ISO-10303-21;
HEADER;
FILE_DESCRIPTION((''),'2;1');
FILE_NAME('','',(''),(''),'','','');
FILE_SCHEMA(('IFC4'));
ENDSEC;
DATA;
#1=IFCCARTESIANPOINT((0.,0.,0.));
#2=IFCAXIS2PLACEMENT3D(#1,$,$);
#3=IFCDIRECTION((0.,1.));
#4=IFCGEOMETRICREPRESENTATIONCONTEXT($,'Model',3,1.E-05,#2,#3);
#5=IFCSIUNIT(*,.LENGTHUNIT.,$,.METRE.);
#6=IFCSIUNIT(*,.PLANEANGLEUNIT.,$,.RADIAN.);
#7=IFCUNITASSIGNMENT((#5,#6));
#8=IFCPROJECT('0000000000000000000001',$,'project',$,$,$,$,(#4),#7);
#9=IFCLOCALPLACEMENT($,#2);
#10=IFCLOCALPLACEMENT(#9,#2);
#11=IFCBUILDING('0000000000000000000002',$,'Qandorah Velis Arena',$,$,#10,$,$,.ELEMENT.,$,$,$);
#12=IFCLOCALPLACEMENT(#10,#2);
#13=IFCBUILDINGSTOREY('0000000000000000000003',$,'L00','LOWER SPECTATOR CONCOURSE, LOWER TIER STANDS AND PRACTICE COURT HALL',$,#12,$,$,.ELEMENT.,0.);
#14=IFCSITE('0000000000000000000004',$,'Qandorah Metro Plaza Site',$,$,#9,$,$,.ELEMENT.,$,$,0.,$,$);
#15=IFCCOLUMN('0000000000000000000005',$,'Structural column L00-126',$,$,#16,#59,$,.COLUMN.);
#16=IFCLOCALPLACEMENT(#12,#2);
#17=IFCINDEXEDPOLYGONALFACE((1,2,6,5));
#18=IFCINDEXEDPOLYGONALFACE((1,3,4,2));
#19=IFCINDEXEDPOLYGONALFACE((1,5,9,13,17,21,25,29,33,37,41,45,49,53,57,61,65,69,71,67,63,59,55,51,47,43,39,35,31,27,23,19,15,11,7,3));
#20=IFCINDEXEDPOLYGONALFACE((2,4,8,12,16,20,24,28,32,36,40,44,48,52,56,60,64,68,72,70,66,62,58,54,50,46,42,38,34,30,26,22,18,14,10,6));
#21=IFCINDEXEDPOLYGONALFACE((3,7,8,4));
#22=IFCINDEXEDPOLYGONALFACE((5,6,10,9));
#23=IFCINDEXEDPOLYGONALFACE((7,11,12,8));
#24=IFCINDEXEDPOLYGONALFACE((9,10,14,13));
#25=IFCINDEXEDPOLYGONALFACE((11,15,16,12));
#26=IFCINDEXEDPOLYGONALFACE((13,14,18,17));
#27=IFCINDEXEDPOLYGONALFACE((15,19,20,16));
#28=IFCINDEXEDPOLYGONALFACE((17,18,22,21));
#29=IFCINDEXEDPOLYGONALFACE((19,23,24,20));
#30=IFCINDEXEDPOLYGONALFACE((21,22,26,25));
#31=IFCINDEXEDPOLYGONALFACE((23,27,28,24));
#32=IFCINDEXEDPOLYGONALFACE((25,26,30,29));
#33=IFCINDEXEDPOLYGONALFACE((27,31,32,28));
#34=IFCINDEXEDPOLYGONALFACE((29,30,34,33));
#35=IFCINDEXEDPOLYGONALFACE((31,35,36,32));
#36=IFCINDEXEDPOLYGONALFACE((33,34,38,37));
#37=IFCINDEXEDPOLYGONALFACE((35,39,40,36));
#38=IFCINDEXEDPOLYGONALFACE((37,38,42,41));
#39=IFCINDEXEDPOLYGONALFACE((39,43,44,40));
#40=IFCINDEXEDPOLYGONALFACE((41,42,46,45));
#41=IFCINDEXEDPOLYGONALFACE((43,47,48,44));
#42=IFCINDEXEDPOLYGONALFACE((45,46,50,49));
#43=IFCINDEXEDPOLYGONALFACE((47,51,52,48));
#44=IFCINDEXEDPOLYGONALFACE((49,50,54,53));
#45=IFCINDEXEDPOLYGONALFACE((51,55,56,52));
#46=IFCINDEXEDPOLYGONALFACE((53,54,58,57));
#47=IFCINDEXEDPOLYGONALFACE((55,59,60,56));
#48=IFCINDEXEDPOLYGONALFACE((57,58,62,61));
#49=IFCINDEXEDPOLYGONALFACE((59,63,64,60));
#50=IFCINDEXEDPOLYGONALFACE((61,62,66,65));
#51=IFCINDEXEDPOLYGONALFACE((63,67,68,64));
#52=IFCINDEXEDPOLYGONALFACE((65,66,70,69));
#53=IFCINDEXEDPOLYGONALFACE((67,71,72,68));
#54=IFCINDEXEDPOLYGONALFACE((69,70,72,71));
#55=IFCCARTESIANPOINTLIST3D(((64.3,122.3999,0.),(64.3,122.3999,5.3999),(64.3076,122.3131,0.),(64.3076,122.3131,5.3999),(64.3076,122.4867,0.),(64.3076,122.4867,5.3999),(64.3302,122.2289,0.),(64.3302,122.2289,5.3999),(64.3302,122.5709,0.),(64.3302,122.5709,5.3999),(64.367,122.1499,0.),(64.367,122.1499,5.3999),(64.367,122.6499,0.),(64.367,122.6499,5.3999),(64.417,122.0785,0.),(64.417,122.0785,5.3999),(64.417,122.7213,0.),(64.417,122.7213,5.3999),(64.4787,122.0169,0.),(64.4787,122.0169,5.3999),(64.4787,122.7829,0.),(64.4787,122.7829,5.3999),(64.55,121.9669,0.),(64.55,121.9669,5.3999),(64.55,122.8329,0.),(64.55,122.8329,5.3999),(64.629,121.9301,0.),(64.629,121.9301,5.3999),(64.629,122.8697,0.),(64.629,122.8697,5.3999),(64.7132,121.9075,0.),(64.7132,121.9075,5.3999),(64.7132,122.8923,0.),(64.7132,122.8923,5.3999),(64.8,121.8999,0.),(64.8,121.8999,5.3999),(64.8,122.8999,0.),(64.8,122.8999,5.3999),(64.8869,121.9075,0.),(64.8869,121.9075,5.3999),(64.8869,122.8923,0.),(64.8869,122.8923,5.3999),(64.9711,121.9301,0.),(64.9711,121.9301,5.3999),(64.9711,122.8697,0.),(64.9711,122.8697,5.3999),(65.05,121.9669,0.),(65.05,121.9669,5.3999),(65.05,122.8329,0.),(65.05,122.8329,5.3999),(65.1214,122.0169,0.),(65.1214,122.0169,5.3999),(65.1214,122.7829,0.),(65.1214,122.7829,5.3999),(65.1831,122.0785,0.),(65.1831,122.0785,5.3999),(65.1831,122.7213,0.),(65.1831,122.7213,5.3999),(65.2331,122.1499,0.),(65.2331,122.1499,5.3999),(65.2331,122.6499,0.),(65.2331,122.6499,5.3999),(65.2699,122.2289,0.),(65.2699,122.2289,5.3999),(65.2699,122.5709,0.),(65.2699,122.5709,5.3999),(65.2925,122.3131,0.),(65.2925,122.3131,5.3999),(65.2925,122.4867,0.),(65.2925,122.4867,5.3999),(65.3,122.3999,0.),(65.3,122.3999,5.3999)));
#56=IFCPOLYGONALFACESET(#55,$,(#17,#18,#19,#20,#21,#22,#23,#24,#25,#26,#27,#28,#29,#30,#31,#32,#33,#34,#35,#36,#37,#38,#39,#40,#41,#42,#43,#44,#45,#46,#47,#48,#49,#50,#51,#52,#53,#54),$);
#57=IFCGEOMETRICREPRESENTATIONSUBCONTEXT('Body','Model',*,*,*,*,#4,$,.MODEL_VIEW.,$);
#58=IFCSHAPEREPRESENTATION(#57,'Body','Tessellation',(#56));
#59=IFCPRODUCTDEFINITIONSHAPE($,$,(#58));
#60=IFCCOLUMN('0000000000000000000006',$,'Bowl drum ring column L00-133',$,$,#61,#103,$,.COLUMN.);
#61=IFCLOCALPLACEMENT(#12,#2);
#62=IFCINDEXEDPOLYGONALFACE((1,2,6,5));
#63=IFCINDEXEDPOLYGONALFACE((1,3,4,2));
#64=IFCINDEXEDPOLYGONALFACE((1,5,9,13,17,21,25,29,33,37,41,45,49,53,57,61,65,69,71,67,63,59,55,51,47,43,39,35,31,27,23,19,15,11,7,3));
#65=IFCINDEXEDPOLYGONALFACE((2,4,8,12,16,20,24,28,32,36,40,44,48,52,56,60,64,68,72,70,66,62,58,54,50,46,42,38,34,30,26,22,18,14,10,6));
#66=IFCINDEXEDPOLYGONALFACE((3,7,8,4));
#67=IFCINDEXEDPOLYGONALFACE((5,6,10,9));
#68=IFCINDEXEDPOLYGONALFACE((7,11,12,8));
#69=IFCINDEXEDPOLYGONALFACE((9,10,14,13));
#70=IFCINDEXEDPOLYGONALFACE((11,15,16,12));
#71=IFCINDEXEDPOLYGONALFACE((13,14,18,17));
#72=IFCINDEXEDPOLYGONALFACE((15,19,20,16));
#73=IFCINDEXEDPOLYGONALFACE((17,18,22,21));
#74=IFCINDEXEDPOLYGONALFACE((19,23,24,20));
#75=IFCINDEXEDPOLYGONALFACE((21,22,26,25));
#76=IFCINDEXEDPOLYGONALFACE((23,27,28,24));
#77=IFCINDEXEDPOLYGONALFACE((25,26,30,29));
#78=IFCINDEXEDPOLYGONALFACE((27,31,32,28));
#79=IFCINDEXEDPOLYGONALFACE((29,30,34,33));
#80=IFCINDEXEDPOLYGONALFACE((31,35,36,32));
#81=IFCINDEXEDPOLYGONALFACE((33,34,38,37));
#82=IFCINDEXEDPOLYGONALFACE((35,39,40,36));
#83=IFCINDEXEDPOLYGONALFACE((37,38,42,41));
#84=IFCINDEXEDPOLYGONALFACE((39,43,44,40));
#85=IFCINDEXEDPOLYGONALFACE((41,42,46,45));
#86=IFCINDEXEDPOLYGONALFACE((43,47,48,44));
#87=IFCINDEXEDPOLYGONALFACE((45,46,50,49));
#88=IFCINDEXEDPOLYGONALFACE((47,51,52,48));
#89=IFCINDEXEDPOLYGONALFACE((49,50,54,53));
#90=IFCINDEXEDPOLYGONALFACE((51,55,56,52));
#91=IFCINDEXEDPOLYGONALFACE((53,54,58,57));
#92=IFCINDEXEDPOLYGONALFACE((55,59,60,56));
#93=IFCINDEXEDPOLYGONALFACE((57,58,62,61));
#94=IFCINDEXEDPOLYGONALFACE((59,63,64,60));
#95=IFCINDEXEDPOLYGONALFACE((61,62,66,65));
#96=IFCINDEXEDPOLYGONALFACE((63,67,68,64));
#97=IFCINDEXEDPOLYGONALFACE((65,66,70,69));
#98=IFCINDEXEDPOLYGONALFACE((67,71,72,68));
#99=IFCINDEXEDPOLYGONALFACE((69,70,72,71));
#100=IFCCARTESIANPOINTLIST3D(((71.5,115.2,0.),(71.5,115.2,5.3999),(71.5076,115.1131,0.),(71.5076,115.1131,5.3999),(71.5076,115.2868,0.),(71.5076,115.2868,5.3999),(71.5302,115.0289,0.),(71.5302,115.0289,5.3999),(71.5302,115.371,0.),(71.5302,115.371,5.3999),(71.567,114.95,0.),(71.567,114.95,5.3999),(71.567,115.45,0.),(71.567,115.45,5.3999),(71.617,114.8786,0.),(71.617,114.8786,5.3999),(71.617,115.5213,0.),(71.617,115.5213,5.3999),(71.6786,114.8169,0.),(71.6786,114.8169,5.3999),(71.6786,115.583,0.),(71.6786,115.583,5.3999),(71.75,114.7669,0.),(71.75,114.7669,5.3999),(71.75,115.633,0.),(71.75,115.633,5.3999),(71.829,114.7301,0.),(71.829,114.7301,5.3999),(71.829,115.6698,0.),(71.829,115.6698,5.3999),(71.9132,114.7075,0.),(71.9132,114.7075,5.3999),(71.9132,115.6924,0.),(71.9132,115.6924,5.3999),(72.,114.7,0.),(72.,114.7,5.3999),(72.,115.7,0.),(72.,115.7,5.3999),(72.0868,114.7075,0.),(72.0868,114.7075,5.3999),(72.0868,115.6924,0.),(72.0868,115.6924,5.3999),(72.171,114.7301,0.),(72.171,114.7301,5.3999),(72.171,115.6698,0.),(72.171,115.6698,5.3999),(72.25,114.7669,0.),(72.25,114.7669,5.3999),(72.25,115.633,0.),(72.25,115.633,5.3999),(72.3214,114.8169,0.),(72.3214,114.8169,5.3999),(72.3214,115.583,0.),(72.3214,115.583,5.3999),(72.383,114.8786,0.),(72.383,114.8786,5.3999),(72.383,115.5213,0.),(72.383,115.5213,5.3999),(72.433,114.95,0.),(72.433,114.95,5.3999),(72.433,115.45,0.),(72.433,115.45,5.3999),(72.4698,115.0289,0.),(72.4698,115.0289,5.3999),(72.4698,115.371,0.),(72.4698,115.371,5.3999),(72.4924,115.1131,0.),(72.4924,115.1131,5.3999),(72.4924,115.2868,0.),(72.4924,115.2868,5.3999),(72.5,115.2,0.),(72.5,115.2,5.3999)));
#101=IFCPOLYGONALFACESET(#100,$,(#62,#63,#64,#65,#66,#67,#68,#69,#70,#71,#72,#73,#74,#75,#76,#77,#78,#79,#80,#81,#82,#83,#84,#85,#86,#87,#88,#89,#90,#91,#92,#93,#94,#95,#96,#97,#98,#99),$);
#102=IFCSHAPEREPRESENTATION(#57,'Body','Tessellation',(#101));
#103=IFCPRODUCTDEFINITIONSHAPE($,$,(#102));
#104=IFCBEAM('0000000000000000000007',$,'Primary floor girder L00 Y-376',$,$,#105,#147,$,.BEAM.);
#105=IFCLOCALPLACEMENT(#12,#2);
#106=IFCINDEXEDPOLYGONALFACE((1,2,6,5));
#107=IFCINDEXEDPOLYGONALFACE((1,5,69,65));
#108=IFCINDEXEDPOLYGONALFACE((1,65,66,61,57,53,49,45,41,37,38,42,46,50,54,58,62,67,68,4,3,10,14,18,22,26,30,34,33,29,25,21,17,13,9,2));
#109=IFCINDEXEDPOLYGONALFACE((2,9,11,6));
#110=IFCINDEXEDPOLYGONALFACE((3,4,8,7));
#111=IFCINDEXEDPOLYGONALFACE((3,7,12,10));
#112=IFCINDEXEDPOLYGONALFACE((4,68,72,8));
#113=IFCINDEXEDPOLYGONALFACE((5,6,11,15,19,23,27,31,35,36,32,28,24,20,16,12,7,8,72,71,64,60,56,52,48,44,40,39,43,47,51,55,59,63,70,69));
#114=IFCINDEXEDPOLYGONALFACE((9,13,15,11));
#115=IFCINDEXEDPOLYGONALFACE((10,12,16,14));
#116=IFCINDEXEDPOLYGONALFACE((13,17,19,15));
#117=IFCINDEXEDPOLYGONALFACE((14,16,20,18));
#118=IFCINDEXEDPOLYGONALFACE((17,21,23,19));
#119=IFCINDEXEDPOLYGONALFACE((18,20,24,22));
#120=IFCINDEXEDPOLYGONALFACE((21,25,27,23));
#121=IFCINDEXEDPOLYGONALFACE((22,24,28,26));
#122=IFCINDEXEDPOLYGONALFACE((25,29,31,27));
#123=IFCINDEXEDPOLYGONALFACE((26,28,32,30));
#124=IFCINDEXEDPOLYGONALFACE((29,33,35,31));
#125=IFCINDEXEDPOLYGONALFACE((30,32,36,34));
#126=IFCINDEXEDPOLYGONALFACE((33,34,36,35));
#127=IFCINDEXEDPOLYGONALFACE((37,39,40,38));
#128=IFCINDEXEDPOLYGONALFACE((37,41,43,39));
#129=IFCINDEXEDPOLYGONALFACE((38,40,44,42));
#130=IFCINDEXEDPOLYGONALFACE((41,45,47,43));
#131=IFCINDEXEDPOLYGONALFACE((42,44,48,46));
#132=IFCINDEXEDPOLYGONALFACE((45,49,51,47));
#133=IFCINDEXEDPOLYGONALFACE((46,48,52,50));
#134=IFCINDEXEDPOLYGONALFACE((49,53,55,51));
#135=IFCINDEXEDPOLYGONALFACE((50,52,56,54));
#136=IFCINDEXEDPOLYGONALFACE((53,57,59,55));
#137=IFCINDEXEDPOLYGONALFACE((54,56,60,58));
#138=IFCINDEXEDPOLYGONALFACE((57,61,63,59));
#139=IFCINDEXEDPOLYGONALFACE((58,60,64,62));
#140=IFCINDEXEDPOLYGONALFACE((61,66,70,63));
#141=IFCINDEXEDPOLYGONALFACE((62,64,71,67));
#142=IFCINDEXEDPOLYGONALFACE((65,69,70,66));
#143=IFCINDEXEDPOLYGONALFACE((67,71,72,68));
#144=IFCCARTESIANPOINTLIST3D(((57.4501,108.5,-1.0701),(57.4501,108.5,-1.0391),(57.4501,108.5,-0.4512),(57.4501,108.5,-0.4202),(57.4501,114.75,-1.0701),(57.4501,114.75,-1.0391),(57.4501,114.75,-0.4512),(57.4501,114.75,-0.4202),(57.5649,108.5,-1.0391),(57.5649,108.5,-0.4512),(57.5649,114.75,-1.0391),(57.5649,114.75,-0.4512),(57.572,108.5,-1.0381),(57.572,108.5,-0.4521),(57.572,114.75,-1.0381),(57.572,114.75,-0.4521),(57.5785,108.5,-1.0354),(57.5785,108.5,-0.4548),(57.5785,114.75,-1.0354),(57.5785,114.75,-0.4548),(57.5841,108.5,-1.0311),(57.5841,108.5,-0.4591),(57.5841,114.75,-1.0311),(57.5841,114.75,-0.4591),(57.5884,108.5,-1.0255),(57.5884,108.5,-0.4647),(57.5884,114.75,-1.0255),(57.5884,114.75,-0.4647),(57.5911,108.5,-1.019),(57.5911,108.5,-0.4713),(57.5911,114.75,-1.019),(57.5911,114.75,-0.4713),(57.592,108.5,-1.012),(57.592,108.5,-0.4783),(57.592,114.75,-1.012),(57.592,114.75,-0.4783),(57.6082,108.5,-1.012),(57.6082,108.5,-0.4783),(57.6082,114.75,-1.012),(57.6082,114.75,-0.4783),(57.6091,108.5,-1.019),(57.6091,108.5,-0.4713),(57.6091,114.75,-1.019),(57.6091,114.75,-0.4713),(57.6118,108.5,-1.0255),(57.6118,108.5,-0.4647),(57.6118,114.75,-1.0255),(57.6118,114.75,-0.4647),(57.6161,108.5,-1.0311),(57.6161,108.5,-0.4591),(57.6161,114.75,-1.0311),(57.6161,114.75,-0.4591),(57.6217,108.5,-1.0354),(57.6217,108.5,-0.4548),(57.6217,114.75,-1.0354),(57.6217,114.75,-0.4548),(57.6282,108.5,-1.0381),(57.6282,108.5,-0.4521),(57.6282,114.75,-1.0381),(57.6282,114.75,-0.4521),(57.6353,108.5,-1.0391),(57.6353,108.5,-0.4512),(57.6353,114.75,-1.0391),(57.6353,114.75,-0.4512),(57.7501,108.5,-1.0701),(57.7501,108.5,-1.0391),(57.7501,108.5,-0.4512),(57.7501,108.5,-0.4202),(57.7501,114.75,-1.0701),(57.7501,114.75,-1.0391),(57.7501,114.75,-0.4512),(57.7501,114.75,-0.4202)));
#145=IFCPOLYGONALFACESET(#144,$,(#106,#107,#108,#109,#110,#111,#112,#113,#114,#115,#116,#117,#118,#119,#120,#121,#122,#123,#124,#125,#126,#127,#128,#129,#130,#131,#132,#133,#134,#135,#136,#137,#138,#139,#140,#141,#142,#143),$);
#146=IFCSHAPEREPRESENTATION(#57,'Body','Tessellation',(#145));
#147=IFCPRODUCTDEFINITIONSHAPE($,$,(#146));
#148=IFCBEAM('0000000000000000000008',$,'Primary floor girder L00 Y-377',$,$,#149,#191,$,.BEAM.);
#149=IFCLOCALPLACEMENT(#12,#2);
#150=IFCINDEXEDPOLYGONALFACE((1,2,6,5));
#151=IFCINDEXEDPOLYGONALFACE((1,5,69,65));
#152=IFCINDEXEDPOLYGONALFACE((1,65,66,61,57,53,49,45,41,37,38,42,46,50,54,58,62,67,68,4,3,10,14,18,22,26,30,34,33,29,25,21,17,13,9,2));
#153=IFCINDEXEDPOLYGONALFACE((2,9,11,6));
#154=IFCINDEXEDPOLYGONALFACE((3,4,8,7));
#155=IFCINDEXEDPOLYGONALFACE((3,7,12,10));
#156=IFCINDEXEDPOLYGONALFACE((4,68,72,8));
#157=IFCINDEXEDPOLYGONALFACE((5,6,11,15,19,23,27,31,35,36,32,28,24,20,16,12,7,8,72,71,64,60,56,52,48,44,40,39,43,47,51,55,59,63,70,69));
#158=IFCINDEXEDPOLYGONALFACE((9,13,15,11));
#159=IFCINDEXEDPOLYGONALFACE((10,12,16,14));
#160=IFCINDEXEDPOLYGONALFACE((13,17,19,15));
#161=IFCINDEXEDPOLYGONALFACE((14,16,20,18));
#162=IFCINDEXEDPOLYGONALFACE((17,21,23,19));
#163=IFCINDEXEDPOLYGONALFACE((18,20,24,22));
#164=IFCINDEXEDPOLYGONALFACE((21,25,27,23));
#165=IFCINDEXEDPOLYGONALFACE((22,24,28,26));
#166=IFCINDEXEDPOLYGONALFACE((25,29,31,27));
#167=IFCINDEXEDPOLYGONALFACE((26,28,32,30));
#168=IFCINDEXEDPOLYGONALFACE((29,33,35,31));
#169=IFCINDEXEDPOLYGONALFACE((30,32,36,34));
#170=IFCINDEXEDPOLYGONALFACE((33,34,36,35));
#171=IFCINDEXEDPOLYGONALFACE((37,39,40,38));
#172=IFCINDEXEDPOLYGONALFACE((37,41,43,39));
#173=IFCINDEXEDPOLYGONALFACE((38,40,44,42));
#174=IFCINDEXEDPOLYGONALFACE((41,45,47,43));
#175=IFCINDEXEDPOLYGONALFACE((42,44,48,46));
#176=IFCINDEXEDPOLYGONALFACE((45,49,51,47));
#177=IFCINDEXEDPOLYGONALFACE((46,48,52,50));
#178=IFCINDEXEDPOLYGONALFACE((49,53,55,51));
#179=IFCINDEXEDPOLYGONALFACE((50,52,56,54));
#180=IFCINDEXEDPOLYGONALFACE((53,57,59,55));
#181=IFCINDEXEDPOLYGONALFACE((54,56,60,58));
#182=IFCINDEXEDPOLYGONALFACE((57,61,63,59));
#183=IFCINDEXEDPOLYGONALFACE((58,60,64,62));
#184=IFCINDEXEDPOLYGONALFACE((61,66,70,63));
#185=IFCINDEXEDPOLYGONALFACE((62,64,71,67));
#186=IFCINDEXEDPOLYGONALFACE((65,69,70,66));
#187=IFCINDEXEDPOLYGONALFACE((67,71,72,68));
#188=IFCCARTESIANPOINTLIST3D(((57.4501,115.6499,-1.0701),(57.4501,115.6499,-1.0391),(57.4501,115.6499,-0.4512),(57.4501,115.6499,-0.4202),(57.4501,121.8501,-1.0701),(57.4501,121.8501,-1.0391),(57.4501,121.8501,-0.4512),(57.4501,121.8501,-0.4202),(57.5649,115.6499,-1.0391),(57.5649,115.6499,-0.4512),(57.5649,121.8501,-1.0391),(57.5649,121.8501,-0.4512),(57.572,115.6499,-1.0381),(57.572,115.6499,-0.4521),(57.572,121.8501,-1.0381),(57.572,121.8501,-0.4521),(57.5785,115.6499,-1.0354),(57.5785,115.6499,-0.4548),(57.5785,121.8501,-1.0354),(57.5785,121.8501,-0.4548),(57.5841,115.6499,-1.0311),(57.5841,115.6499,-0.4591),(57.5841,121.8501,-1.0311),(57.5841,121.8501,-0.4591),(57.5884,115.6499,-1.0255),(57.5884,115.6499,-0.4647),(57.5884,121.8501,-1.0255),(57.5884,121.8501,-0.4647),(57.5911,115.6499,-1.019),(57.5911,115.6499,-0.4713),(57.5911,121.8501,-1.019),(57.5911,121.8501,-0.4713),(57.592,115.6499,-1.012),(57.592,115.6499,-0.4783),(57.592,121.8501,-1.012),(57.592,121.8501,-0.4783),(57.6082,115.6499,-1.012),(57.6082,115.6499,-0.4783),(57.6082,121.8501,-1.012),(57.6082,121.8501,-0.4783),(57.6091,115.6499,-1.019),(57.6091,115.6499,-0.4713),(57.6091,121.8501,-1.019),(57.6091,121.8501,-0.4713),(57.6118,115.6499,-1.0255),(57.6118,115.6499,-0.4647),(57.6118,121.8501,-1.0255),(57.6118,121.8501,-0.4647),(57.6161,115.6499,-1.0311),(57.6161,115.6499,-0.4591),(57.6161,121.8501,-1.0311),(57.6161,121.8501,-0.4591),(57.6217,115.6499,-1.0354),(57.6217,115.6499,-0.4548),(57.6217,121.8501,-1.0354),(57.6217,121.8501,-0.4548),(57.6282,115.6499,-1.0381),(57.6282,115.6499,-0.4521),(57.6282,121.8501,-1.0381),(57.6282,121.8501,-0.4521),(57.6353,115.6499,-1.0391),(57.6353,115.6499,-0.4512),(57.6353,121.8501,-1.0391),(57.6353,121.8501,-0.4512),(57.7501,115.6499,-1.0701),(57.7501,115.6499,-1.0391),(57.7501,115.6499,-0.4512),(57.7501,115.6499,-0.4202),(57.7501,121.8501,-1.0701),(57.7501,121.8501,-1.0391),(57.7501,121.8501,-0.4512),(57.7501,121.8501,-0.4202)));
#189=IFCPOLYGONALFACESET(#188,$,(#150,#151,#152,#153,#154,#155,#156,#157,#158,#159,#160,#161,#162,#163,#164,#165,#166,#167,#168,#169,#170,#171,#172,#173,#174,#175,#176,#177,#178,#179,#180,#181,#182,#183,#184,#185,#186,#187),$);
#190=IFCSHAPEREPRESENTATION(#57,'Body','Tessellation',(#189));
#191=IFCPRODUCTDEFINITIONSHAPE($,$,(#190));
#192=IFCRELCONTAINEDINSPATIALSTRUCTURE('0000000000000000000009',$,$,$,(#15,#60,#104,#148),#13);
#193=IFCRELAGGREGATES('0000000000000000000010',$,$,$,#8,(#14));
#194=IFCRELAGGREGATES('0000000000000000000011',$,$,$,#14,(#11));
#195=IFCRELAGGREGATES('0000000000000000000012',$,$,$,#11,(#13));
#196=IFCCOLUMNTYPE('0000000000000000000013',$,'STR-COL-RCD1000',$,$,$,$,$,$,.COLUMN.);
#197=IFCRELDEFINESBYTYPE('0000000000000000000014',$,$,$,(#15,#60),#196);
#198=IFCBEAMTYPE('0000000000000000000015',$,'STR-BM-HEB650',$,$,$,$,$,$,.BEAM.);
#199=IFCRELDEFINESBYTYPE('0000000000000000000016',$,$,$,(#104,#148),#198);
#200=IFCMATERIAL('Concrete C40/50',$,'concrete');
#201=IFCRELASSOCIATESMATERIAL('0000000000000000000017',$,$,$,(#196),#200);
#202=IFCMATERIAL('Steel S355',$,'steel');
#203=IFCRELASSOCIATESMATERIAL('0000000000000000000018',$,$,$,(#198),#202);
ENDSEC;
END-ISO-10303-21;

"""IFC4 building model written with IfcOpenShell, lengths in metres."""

from ifc_helpers import new_model, si_unit, direction, frame, origin, origin_2d, place, context, subcontext, project, spatial, circle, i_section, extrude, material, material_profile, profile_set, type_object, element, save


model = new_model("IFC4")

# Units and contexts
model_context = context("Model", 3, precision=1e-05, world=origin(), true_north=direction((0.0, 1.0)))
body_context = subcontext(model_context, "Body", "Model", "MODEL_VIEW")
ifc_project = project(units=[si_unit("LENGTHUNIT", "METRE"), si_unit("PLANEANGLEUNIT", "RADIAN")], contexts=[model_context])

# Site, building, storey
site_placement = place(None, origin())
site = spatial("IfcSite", under=ifc_project, at=site_placement, Name="Qandorah Metro Plaza Site", CompositionType="ELEMENT", RefElevation=0.0)
building_placement = place(site_placement, origin())
building = spatial("IfcBuilding", under=site, at=building_placement, Name="Qandorah Velis Arena", CompositionType="ELEMENT")
storey_placement = place(building_placement, origin())
storey = spatial("IfcBuildingStorey", under=building, at=storey_placement, Name="L00", Description="LOWER SPECTATOR CONCOURSE, LOWER TIER STANDS AND PRACTICE COURT HALL", CompositionType="ELEMENT", Elevation=0.0)

# Columns
ifc_material_1 = material(Name="Concrete C40/50", Category="concrete")
ifc_material_profile_1 = material_profile(ifc_material_1, circle(Radius=0.5, at=origin_2d()), Name="RC D1000")
ifc_profile_set_1 = profile_set([ifc_material_profile_1], Name="Concrete C40/50")
column_type_1 = type_object("IfcColumnType", Name="STR-COL-RCD1000", PredefinedType="COLUMN", material=ifc_profile_set_1)
for number, where, z_axis, x_axis, name in (
    (1, (64.8, 122.3999, 0.0), (0.0, 0.0, 1.0), (1.0, 0.0, 0.0), "Structural column L00-126"),
    (2, (72.0, 115.2, 0.0), (0.0, 0.0, 1.0), (1.0, 0.0, 0.0), "Bowl drum ring column L00-133"),
):
    element("IfcColumn", number, at=place(storey_placement, frame(where, z_axis=z_axis, x_axis=x_axis)), inside=storey, type_object=column_type_1, Name=name, PredefinedType="COLUMN", context=body_context, shape_type="SweptSolid", body=[
        extrude(circle(Radius=0.5, at=origin_2d()), origin(), (0.0, 0.0, 1.0), 5.3999),
    ])

# Beams
ifc_material_2 = material(Name="Steel S355", Category="steel")
ifc_material_profile_2 = material_profile(ifc_material_2, i_section(OverallWidth=0.3, OverallDepth=0.6499, WebThickness=0.0161, FlangeThickness=0.031, FilletRadius=0.0271, at=origin_2d()), Name="HEB 650")
ifc_profile_set_2 = profile_set([ifc_material_profile_2], Name="Steel S355")
beam_type_1 = type_object("IfcBeamType", Name="STR-BM-HEB650", PredefinedType="BEAM", material=ifc_profile_set_2)
beam_1_placement = place(storey_placement, frame((57.6001, 108.5, -0.7451), z_axis=(0.0, 1.0, 0.0), x_axis=(-1.0, 0.0, 0.0)))
element("IfcBeam", 3, at=beam_1_placement, inside=storey, type_object=beam_type_1, Name="Primary floor girder L00 Y-376", PredefinedType="BEAM", context=body_context, shape_type="SweptSolid", body=[
    extrude(i_section(OverallWidth=0.3, OverallDepth=0.6499, WebThickness=0.0161, FlangeThickness=0.031, FilletRadius=0.0271, at=origin_2d()), origin(), (0.0, 0.0, 1.0), 6.25),
])
beam_2_placement = place(storey_placement, frame((57.6001, 115.6499, -0.7451), z_axis=(0.0, 1.0, 0.0), x_axis=(-1.0, 0.0, 0.0)))
element("IfcBeam", 4, at=beam_2_placement, inside=storey, type_object=beam_type_1, Name="Primary floor girder L00 Y-377", PredefinedType="BEAM", context=body_context, shape_type="SweptSolid", body=[
    extrude(i_section(OverallWidth=0.3, OverallDepth=0.6499, WebThickness=0.0161, FlangeThickness=0.031, FilletRadius=0.0271, at=origin_2d()), origin(), (0.0, 0.0, 1.0), 6.2002),
])

save(model, "model.ifc")
